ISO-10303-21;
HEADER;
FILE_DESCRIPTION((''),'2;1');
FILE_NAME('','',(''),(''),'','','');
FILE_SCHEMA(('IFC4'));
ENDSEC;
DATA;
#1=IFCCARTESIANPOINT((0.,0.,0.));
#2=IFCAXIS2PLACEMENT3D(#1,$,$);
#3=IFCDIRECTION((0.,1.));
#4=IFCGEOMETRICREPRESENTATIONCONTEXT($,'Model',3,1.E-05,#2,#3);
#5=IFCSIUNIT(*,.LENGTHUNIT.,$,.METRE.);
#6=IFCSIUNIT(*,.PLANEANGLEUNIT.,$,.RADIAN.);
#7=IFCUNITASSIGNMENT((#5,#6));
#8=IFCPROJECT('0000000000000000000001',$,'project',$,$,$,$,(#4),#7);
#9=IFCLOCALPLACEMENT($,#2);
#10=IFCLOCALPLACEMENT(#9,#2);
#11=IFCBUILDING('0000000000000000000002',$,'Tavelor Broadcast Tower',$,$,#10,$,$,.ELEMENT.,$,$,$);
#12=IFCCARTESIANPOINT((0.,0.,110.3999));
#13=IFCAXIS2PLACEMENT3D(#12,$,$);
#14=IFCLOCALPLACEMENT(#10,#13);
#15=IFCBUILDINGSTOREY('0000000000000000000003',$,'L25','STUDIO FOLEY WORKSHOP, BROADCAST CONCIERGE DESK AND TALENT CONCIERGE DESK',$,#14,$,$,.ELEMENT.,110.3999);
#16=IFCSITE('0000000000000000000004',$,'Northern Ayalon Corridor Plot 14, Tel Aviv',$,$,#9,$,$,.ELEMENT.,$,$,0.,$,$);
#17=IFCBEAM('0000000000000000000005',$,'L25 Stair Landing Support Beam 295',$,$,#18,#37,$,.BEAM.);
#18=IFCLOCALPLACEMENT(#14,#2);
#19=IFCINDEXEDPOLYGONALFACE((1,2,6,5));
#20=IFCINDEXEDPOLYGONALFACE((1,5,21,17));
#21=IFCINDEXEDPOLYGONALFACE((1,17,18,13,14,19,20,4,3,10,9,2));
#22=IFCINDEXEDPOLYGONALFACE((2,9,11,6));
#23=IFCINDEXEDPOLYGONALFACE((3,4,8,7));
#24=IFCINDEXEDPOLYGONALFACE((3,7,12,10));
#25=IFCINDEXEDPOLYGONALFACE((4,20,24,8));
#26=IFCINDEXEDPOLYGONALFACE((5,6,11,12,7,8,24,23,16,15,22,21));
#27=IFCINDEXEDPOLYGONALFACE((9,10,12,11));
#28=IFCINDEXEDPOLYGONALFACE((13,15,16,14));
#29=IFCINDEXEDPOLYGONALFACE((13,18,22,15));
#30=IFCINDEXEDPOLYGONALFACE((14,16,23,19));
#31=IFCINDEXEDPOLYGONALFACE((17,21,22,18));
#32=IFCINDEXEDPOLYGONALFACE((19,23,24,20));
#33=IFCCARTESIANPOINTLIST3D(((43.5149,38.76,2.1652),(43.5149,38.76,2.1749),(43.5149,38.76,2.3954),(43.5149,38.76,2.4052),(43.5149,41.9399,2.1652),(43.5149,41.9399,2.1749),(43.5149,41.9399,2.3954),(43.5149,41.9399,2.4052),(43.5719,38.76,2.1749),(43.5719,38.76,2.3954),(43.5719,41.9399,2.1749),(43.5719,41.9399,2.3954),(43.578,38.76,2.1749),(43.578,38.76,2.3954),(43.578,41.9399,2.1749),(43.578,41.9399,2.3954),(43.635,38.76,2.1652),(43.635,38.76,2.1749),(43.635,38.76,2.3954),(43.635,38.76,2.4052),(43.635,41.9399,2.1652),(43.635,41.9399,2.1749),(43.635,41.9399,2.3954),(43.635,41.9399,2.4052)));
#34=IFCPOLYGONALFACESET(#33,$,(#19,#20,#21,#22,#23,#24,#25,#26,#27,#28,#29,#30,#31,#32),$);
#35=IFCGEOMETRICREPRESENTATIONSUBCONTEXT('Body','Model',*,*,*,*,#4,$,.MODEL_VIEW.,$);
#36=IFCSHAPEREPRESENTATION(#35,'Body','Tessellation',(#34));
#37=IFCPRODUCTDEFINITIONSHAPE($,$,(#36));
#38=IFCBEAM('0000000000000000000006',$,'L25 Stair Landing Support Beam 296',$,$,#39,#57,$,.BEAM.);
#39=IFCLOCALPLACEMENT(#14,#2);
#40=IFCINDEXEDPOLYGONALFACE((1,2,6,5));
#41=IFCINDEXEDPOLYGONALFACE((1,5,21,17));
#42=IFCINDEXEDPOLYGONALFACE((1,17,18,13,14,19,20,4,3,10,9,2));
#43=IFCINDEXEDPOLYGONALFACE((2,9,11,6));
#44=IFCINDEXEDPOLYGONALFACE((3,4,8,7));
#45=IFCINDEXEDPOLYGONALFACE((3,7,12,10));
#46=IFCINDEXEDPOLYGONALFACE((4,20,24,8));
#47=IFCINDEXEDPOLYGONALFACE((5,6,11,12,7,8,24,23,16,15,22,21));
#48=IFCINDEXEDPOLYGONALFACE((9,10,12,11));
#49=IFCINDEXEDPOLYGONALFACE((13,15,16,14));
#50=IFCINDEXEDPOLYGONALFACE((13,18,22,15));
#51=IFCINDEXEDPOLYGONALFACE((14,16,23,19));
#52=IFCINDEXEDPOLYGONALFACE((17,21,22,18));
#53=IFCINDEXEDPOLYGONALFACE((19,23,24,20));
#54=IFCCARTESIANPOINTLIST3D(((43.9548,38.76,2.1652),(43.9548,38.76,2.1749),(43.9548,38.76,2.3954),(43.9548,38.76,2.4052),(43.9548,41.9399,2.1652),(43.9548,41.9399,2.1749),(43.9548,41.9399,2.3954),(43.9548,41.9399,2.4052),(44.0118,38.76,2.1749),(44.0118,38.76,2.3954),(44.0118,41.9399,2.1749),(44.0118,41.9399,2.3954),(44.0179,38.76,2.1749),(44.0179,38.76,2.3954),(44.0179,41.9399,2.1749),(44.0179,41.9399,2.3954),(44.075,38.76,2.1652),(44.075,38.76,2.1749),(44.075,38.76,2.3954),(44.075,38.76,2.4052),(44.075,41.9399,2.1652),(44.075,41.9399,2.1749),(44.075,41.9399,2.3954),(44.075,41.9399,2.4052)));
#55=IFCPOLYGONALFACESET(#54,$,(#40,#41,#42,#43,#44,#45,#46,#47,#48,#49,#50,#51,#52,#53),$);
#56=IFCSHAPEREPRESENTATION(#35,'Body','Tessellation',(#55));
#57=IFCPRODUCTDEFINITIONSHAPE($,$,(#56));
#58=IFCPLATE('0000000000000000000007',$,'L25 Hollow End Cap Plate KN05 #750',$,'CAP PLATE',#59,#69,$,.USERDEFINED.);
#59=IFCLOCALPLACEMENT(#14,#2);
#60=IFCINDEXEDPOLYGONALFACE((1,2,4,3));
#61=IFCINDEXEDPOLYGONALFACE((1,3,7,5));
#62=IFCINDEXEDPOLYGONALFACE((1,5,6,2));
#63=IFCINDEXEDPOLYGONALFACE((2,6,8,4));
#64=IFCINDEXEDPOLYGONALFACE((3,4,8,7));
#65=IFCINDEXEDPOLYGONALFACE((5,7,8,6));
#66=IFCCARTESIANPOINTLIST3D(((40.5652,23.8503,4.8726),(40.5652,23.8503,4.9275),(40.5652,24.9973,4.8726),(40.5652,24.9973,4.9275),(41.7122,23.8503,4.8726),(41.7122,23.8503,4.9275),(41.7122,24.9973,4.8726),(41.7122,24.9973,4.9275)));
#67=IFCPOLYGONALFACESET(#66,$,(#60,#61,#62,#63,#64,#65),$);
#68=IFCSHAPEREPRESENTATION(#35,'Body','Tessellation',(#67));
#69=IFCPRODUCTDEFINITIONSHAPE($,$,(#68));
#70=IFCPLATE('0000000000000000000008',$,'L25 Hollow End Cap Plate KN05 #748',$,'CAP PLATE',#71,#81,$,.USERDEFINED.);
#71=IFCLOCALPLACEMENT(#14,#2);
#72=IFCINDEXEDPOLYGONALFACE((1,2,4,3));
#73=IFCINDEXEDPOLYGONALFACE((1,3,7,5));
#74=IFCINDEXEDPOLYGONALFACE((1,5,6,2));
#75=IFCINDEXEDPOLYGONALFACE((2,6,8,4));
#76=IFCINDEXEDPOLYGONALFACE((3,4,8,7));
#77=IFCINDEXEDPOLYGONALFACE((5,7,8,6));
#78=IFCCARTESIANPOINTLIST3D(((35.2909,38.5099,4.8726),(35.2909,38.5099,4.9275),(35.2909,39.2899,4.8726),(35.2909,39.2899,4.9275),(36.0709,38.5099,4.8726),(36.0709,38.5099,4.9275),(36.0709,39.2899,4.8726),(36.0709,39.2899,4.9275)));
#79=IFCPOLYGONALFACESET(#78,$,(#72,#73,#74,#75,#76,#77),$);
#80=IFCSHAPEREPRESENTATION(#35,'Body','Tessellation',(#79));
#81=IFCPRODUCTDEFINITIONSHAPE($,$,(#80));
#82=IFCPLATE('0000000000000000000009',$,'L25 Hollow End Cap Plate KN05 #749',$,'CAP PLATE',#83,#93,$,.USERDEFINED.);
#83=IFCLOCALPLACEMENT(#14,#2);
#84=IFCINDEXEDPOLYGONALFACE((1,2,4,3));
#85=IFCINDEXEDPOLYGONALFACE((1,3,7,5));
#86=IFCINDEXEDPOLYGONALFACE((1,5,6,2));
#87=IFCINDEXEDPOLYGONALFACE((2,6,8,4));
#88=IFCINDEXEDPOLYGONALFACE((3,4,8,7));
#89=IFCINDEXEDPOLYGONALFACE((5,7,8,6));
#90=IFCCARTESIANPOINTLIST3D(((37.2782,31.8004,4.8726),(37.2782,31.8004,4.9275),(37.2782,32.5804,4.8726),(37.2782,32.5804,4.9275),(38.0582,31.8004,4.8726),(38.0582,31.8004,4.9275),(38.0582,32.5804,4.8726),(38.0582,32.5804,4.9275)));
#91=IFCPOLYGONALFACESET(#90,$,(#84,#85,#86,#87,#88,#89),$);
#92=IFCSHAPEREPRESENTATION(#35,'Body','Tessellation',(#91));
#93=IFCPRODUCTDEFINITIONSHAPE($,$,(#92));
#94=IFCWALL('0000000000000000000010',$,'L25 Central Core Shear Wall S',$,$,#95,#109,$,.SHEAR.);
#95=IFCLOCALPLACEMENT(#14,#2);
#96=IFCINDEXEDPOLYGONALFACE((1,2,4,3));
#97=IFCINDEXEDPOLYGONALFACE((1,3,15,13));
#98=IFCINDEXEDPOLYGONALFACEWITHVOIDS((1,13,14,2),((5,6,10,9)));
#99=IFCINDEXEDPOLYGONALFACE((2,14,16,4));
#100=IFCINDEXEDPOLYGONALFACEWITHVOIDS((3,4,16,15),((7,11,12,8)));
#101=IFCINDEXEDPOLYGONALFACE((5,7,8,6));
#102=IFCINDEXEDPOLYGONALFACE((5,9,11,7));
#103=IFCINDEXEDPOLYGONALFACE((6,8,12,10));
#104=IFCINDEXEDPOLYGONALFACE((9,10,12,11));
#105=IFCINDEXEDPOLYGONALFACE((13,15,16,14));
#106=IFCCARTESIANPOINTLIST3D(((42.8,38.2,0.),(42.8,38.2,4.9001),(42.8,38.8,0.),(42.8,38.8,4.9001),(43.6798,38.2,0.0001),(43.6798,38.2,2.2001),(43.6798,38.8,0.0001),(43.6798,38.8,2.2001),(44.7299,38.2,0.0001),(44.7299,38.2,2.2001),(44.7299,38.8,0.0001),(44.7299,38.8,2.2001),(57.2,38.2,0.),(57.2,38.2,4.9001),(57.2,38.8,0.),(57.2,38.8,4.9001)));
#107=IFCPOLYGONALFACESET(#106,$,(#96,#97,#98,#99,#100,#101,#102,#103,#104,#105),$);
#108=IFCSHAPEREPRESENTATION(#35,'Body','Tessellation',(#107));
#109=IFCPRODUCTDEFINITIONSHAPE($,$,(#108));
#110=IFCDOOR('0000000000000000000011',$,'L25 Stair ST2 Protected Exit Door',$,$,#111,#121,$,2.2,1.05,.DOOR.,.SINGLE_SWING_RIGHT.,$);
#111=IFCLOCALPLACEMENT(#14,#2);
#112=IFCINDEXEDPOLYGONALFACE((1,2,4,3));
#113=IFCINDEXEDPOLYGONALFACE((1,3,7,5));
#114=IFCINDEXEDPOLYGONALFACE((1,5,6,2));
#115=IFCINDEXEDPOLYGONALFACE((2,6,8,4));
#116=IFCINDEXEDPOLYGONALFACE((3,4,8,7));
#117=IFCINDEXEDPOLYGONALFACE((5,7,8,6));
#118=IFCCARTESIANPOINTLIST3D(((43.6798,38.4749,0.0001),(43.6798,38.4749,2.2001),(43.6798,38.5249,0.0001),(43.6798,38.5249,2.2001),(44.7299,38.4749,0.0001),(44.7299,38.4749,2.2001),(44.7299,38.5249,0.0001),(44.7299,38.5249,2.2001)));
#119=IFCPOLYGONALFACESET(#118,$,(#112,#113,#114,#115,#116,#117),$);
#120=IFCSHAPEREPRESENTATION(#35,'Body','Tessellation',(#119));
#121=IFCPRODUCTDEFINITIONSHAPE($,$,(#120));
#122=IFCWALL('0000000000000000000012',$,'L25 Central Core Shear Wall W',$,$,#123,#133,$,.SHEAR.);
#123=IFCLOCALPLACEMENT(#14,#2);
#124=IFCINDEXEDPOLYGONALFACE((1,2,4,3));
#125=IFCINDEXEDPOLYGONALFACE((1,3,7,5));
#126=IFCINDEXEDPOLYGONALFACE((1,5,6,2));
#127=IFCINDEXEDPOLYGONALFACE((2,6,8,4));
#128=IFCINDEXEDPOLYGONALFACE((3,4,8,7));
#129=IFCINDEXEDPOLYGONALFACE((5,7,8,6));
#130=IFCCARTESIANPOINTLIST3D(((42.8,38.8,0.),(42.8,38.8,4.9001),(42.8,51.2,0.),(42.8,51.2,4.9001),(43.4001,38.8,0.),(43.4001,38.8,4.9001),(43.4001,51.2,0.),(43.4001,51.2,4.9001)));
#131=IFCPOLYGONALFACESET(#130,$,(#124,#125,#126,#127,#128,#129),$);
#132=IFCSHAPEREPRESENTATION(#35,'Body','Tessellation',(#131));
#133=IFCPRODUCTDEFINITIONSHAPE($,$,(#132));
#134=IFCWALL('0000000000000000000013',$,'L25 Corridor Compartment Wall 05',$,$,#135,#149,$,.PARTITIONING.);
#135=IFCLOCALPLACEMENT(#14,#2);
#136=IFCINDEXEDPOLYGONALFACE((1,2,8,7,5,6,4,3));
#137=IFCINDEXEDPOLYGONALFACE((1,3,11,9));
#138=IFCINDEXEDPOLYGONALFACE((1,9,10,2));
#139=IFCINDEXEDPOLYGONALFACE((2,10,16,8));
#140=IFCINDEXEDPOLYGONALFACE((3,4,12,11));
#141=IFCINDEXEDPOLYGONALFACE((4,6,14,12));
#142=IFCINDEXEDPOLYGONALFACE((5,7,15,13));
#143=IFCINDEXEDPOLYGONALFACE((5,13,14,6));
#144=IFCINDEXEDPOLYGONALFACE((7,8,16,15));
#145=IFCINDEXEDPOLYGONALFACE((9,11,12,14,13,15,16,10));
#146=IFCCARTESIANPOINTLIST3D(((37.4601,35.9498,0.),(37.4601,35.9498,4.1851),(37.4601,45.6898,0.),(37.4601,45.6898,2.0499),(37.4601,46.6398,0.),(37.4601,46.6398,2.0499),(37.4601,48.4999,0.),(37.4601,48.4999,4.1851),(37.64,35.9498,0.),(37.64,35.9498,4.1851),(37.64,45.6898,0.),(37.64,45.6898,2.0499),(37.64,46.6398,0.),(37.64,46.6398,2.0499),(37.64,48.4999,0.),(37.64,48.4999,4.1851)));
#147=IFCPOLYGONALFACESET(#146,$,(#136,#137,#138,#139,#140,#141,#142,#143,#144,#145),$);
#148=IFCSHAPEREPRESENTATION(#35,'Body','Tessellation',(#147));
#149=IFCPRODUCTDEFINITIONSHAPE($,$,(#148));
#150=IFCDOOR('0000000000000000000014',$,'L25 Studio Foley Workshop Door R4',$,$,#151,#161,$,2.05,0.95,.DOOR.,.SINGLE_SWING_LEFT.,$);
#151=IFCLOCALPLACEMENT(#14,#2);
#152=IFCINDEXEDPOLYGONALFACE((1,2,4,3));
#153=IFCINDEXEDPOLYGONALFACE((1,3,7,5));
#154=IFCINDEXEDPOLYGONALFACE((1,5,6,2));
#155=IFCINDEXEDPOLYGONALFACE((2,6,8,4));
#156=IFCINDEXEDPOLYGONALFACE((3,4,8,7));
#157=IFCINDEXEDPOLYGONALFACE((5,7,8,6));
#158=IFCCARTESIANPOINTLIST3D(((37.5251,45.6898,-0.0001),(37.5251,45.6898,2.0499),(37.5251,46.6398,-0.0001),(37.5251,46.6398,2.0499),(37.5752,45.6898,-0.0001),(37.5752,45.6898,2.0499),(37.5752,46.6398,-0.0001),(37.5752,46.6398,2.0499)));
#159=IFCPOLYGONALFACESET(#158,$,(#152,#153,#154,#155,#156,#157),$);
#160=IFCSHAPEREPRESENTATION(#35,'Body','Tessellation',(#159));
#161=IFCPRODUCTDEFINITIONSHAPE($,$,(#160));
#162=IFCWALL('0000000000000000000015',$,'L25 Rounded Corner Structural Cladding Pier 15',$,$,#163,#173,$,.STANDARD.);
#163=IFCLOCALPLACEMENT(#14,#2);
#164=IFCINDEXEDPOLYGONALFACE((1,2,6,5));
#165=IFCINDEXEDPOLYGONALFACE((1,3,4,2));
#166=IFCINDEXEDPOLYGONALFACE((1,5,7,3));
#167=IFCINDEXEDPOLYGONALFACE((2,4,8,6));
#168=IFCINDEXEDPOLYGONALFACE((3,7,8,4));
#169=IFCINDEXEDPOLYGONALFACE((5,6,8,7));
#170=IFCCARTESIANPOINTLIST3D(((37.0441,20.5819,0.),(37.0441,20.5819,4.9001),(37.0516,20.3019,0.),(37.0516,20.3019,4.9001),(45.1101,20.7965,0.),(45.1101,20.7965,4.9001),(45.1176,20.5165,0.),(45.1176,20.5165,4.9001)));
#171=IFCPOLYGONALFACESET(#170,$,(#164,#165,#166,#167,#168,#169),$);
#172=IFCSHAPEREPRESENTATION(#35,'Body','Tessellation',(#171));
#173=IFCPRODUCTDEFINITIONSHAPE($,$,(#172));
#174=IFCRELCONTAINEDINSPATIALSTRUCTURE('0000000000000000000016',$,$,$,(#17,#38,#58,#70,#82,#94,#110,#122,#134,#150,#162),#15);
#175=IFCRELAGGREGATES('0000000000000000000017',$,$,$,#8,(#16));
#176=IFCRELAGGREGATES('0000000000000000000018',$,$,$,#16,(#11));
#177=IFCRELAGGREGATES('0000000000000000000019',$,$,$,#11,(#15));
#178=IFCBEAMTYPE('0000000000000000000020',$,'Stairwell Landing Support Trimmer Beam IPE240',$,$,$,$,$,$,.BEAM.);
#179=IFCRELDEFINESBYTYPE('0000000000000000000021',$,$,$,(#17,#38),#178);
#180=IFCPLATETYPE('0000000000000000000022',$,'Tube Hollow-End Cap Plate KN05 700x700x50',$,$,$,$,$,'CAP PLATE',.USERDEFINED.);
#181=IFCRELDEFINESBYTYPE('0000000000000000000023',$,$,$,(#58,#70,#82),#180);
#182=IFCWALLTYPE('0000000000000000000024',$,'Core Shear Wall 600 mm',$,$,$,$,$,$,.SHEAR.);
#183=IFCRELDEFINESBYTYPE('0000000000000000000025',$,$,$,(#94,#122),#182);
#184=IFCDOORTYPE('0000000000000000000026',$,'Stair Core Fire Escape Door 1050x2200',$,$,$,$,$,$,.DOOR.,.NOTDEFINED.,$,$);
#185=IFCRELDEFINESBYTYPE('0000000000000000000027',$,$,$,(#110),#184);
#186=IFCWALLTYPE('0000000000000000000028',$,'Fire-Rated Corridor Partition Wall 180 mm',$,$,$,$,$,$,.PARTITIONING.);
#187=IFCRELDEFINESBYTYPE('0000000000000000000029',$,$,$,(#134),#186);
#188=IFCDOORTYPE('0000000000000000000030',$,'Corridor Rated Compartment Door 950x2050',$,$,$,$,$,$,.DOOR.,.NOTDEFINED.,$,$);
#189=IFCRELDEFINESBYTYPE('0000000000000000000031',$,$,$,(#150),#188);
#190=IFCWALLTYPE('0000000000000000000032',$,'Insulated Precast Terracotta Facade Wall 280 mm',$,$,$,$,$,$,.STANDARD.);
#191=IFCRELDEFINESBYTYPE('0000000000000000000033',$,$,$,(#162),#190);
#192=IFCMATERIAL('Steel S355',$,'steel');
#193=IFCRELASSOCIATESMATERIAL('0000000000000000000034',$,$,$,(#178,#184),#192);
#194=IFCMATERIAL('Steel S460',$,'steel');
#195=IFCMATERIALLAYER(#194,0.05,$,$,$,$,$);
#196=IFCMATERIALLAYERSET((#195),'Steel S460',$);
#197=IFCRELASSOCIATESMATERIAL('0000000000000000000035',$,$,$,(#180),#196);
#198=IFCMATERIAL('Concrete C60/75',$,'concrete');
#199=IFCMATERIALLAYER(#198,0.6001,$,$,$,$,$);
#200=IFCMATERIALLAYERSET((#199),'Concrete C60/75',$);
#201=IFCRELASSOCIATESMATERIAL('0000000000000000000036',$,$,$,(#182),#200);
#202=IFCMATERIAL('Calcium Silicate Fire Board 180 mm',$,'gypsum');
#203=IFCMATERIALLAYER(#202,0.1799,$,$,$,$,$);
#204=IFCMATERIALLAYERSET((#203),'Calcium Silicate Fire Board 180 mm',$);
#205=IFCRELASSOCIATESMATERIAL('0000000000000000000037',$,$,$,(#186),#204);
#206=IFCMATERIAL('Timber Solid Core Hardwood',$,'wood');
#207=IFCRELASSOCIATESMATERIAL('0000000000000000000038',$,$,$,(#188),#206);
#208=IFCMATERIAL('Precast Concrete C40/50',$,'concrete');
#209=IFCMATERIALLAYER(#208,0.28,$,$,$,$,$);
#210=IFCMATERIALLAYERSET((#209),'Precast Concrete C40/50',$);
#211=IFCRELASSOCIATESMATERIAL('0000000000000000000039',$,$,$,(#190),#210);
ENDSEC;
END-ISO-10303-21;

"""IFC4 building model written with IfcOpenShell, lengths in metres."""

from ifc_helpers import new_model, si_unit, direction, frame, frame_2d, origin, origin_2d, place, context, subcontext, project, spatial, rectangle, i_section, extrude, source, transform, mapped, material, layer, layer_set, material_profile, profile_set, type_object, type_shapes, element, fill, save


model = new_model("IFC4")

# Units and contexts
model_context = context("Model", 3, precision=1e-05, world=origin(), true_north=direction((0.0, 1.0)))
body_context = subcontext(model_context, "Body", "Model", "MODEL_VIEW")
ifc_project = project(units=[si_unit("LENGTHUNIT", "METRE"), si_unit("PLANEANGLEUNIT", "RADIAN")], contexts=[model_context])

# Site, building, storey
site_placement = place(None, origin())
site = spatial("IfcSite", under=ifc_project, at=site_placement, Name="Northern Ayalon Corridor Plot 14, Tel Aviv", CompositionType="ELEMENT", RefElevation=0.0)
building_placement = place(site_placement, origin())
building = spatial("IfcBuilding", under=site, at=building_placement, Name="Tavelor Broadcast Tower", CompositionType="ELEMENT")
storey_placement = place(building_placement, frame((0.0, 0.0, 110.3999)))
storey = spatial("IfcBuildingStorey", under=building, at=storey_placement, Name="L25", Description="STUDIO FOLEY WORKSHOP, BROADCAST CONCIERGE DESK AND TALENT CONCIERGE DESK", CompositionType="ELEMENT", Elevation=110.3999)

# Shared definitions
ifc_material_1 = material(Name="Steel S460", Category="steel")

# Beams
ifc_material_2 = material(Name="Steel S355", Category="steel")
ifc_material_profile_1 = material_profile(ifc_material_2, i_section(OverallWidth=0.1201, OverallDepth=0.24, WebThickness=0.0061, FlangeThickness=0.0098, at=origin_2d()), Name="IPE 240")
ifc_profile_set_1 = profile_set([ifc_material_profile_1], Name="Steel S355")
beam_type_1 = type_object("IfcBeamType", Name="Stairwell Landing Support Trimmer Beam IPE240", PredefinedType="BEAM", material=ifc_profile_set_1)
for number, where, z_axis, x_axis, name in (
    (1, (43.575, 38.76, 2.2852), (0.0, 1.0, 0.0), (-1.0, 0.0, 0.0), "L25 Stair Landing Support Beam 295"),
    (2, (44.0149, 38.76, 2.2852), (0.0, 1.0, 0.0), (-1.0, 0.0, 0.0), "L25 Stair Landing Support Beam 296"),
):
    element("IfcBeam", number, at=place(storey_placement, frame(where, z_axis=z_axis, x_axis=x_axis)), inside=storey, type_object=beam_type_1, Name=name, PredefinedType="BEAM", context=body_context, shape_type="SweptSolid", body=[
        extrude(i_section(OverallWidth=0.1201, OverallDepth=0.24, WebThickness=0.0061, FlangeThickness=0.0098, at=origin_2d()), origin(), (0.0, 0.0, 1.0), 3.1799),
    ])

# Plates
ifc_layer_1 = layer(ifc_material_1, 0.05)
ifc_layer_set_1 = layer_set([ifc_layer_1], Name="Steel S460")
plate_type = type_object("IfcPlateType", Name="Tube Hollow-End Cap Plate KN05 700x700x50", ElementType="CAP PLATE", PredefinedType="USERDEFINED", material=ifc_layer_set_1)
shared_shape_1 = source(origin(), body_context, "Body", "SweptSolid", [
    extrude(rectangle(XDim=1.147, YDim=1.147, at=origin_2d()), origin(), (0.0, 0.0, 1.0), 0.0549),
])
plate_placement = place(storey_placement, frame((41.1387, 24.4238, 4.8726), z_axis=(0.0, 0.0, 1.0), x_axis=(1.0, 0.0, 0.0)))
element("IfcPlate", 3, at=plate_placement, inside=storey, type_object=plate_type, Name="L25 Hollow End Cap Plate KN05 #750", ObjectType="CAP PLATE", PredefinedType="USERDEFINED", context=body_context, shape_type="MappedRepresentation", body=[
    mapped(shared_shape_1, transform((0.0, 0.0, 0.0), scale=1.0)),
])
shared_shape_2 = source(origin(), body_context, "Body", "SweptSolid", [
    extrude(rectangle(XDim=0.78, YDim=0.78, at=origin_2d()), origin(), (0.0, 0.0, 1.0), 0.0549),
])
type_shapes(plate_type, [shared_shape_1, shared_shape_2])
for number, where, z_axis, x_axis, name in (
    (4, (35.6809, 38.8999, 4.8726), (0.0, 0.0, 1.0), (1.0, 0.0, 0.0), "L25 Hollow End Cap Plate KN05 #748"),
    (5, (37.6682, 32.1904, 4.8726), (0.0, 0.0, 1.0), (1.0, 0.0, 0.0), "L25 Hollow End Cap Plate KN05 #749"),
):
    element("IfcPlate", number, at=place(storey_placement, frame(where, z_axis=z_axis, x_axis=x_axis)), inside=storey, type_object=plate_type, Name=name, ObjectType="CAP PLATE", PredefinedType="USERDEFINED", context=body_context, shape_type="MappedRepresentation", body=[
        mapped(shared_shape_2, transform((0.0, 0.0, 0.0), scale=1.0)),
    ])

# Wall, opening, door
ifc_material_3 = material(Name="Concrete C60/75", Category="concrete")
ifc_layer_2 = layer(ifc_material_3, 0.6001)
ifc_layer_set_2 = layer_set([ifc_layer_2], Name="Concrete C60/75")
wall_type_1 = type_object("IfcWallType", Name="Core Shear Wall 600 mm", PredefinedType="SHEAR", material=ifc_layer_set_2)
wall_1_placement = place(storey_placement, frame((42.8, 38.5, 0.0), z_axis=(0.0, 0.0, 1.0), x_axis=(1.0, 0.0, 0.0)))
wall_1 = element("IfcWall", 6, at=wall_1_placement, inside=storey, type_object=wall_type_1, Name="L25 Central Core Shear Wall S", PredefinedType="SHEAR", context=body_context, shape_type="SweptSolid", body=[
    extrude(rectangle(XDim=14.3999, YDim=0.6001, at=frame_2d((7.2, 0.0))), origin(), (0.0, 0.0, 1.0), 4.9001),
])
opening_1_placement = place(wall_1_placement, frame((0.8799, 0.0, 0.0)))
opening_1 = element("IfcOpeningElement", 7, at=opening_1_placement, cuts=wall_1, PredefinedType="OPENING", context=body_context, shape_type="SweptSolid", body=[
    extrude(rectangle(XDim=1.05, YDim=2.2, at=frame_2d((0.5249, 1.1001))), frame((0.0, 0.3101, 0.0), z_axis=(0.0, -1.0, 0.0), x_axis=(1.0, 0.0, 0.0)), (0.0, 0.0, 1.0), 0.6201),
])
door_type_1 = type_object("IfcDoorType", Name="Stair Core Fire Escape Door 1050x2200", OperationType="NOTDEFINED", PredefinedType="DOOR", material=ifc_material_2)
door_1_placement = place(opening_1_placement, origin())
door_1 = element("IfcDoor", 8, at=door_1_placement, inside=storey, type_object=door_type_1, Name="L25 Stair ST2 Protected Exit Door", OperationType="SINGLE_SWING_RIGHT", OverallHeight=2.2, OverallWidth=1.05, PredefinedType="DOOR", context=body_context, shape_type="SweptSolid", body=[
    extrude(rectangle(XDim=1.05, YDim=2.2, at=frame_2d((0.5249, 1.1001))), frame((0.0, 0.0249, 0.0), z_axis=(0.0, -1.0, 0.0), x_axis=(1.0, 0.0, 0.0)), (0.0, 0.0, 1.0), 0.05),
])
fill(opening_1, door_1)

# Wall
wall_2_placement = place(storey_placement, frame((43.1001, 38.8, 0.0), z_axis=(0.0, 0.0, 1.0), x_axis=(0.0, 1.0, 0.0)))
element("IfcWall", 9, at=wall_2_placement, inside=storey, type_object=wall_type_1, Name="L25 Central Core Shear Wall W", PredefinedType="SHEAR", context=body_context, shape_type="SweptSolid", body=[
    extrude(rectangle(XDim=12.3999, YDim=0.6001, at=frame_2d((6.2, 0.0))), origin(), (0.0, 0.0, 1.0), 4.9001),
])

# Wall, opening, door
ifc_material_4 = material(Name="Calcium Silicate Fire Board 180 mm", Category="gypsum")
ifc_layer_3 = layer(ifc_material_4, 0.1799)
ifc_layer_set_3 = layer_set([ifc_layer_3], Name="Calcium Silicate Fire Board 180 mm")
wall_type_2 = type_object("IfcWallType", Name="Fire-Rated Corridor Partition Wall 180 mm", PredefinedType="PARTITIONING", material=ifc_layer_set_3)
wall_3_placement = place(storey_placement, frame((37.55, 35.95, 0.0), z_axis=(0.0, 0.0, 1.0), x_axis=(0.0, 1.0, 0.0)))
wall_3 = element("IfcWall", 10, at=wall_3_placement, inside=storey, type_object=wall_type_2, Name="L25 Corridor Compartment Wall 05", PredefinedType="PARTITIONING", context=body_context, shape_type="SweptSolid", body=[
    extrude(rectangle(XDim=12.55, YDim=0.1799, at=frame_2d((6.2749, 0.0))), origin(), (0.0, 0.0, 1.0), 4.1851),
])
opening_2_placement = place(wall_3_placement, frame((9.7397, 0.0, 0.0)))
opening_2 = element("IfcOpeningElement", 11, at=opening_2_placement, cuts=wall_3, PredefinedType="OPENING", context=body_context, shape_type="SweptSolid", body=[
    extrude(rectangle(XDim=0.95, YDim=2.05, at=frame_2d((0.4751, 1.0249))), frame((0.0, 0.1001, 0.0), z_axis=(0.0, -1.0, 0.0), x_axis=(1.0, 0.0, 0.0)), (0.0, 0.0, 1.0), 0.2),
])
ifc_material_5 = material(Name="Timber Solid Core Hardwood", Category="wood")
door_type_2 = type_object("IfcDoorType", Name="Corridor Rated Compartment Door 950x2050", OperationType="NOTDEFINED", PredefinedType="DOOR", material=ifc_material_5)
door_2_placement = place(opening_2_placement, origin())
door_2 = element("IfcDoor", 12, at=door_2_placement, inside=storey, type_object=door_type_2, Name="L25 Studio Foley Workshop Door R4", OperationType="SINGLE_SWING_LEFT", OverallHeight=2.05, OverallWidth=0.95, PredefinedType="DOOR", context=body_context, shape_type="SweptSolid", body=[
    extrude(rectangle(XDim=0.95, YDim=2.05, at=frame_2d((0.4751, 1.0249))), frame((0.0, 0.0249, 0.0), z_axis=(0.0, -1.0, 0.0), x_axis=(1.0, 0.0, 0.0)), (0.0, 0.0, 1.0), 0.05),
])
fill(opening_2, door_2)

# Wall
ifc_material_6 = material(Name="Precast Concrete C40/50", Category="concrete")
ifc_layer_4 = layer(ifc_material_6, 0.28)
ifc_layer_set_4 = layer_set([ifc_layer_4], Name="Precast Concrete C40/50")
wall_type_3 = type_object("IfcWallType", Name="Insulated Precast Terracotta Facade Wall 280 mm", PredefinedType="STANDARD", material=ifc_layer_set_4)
wall_4_placement = place(storey_placement, frame((37.0479, 20.4419, 0.0), z_axis=(0.0, 0.0, 1.0), x_axis=(0.999646, 0.026596, 0.0)))
element("IfcWall", 13, at=wall_4_placement, inside=storey, type_object=wall_type_3, Name="L25 Rounded Corner Structural Cladding Pier 15", PredefinedType="STANDARD", context=body_context, shape_type="SweptSolid", body=[
    extrude(rectangle(XDim=8.0688, YDim=0.28, at=frame_2d((4.0344, 0.0))), origin(), (0.0, 0.0, 1.0), 4.9001),
])

save(model, "model.ifc")
